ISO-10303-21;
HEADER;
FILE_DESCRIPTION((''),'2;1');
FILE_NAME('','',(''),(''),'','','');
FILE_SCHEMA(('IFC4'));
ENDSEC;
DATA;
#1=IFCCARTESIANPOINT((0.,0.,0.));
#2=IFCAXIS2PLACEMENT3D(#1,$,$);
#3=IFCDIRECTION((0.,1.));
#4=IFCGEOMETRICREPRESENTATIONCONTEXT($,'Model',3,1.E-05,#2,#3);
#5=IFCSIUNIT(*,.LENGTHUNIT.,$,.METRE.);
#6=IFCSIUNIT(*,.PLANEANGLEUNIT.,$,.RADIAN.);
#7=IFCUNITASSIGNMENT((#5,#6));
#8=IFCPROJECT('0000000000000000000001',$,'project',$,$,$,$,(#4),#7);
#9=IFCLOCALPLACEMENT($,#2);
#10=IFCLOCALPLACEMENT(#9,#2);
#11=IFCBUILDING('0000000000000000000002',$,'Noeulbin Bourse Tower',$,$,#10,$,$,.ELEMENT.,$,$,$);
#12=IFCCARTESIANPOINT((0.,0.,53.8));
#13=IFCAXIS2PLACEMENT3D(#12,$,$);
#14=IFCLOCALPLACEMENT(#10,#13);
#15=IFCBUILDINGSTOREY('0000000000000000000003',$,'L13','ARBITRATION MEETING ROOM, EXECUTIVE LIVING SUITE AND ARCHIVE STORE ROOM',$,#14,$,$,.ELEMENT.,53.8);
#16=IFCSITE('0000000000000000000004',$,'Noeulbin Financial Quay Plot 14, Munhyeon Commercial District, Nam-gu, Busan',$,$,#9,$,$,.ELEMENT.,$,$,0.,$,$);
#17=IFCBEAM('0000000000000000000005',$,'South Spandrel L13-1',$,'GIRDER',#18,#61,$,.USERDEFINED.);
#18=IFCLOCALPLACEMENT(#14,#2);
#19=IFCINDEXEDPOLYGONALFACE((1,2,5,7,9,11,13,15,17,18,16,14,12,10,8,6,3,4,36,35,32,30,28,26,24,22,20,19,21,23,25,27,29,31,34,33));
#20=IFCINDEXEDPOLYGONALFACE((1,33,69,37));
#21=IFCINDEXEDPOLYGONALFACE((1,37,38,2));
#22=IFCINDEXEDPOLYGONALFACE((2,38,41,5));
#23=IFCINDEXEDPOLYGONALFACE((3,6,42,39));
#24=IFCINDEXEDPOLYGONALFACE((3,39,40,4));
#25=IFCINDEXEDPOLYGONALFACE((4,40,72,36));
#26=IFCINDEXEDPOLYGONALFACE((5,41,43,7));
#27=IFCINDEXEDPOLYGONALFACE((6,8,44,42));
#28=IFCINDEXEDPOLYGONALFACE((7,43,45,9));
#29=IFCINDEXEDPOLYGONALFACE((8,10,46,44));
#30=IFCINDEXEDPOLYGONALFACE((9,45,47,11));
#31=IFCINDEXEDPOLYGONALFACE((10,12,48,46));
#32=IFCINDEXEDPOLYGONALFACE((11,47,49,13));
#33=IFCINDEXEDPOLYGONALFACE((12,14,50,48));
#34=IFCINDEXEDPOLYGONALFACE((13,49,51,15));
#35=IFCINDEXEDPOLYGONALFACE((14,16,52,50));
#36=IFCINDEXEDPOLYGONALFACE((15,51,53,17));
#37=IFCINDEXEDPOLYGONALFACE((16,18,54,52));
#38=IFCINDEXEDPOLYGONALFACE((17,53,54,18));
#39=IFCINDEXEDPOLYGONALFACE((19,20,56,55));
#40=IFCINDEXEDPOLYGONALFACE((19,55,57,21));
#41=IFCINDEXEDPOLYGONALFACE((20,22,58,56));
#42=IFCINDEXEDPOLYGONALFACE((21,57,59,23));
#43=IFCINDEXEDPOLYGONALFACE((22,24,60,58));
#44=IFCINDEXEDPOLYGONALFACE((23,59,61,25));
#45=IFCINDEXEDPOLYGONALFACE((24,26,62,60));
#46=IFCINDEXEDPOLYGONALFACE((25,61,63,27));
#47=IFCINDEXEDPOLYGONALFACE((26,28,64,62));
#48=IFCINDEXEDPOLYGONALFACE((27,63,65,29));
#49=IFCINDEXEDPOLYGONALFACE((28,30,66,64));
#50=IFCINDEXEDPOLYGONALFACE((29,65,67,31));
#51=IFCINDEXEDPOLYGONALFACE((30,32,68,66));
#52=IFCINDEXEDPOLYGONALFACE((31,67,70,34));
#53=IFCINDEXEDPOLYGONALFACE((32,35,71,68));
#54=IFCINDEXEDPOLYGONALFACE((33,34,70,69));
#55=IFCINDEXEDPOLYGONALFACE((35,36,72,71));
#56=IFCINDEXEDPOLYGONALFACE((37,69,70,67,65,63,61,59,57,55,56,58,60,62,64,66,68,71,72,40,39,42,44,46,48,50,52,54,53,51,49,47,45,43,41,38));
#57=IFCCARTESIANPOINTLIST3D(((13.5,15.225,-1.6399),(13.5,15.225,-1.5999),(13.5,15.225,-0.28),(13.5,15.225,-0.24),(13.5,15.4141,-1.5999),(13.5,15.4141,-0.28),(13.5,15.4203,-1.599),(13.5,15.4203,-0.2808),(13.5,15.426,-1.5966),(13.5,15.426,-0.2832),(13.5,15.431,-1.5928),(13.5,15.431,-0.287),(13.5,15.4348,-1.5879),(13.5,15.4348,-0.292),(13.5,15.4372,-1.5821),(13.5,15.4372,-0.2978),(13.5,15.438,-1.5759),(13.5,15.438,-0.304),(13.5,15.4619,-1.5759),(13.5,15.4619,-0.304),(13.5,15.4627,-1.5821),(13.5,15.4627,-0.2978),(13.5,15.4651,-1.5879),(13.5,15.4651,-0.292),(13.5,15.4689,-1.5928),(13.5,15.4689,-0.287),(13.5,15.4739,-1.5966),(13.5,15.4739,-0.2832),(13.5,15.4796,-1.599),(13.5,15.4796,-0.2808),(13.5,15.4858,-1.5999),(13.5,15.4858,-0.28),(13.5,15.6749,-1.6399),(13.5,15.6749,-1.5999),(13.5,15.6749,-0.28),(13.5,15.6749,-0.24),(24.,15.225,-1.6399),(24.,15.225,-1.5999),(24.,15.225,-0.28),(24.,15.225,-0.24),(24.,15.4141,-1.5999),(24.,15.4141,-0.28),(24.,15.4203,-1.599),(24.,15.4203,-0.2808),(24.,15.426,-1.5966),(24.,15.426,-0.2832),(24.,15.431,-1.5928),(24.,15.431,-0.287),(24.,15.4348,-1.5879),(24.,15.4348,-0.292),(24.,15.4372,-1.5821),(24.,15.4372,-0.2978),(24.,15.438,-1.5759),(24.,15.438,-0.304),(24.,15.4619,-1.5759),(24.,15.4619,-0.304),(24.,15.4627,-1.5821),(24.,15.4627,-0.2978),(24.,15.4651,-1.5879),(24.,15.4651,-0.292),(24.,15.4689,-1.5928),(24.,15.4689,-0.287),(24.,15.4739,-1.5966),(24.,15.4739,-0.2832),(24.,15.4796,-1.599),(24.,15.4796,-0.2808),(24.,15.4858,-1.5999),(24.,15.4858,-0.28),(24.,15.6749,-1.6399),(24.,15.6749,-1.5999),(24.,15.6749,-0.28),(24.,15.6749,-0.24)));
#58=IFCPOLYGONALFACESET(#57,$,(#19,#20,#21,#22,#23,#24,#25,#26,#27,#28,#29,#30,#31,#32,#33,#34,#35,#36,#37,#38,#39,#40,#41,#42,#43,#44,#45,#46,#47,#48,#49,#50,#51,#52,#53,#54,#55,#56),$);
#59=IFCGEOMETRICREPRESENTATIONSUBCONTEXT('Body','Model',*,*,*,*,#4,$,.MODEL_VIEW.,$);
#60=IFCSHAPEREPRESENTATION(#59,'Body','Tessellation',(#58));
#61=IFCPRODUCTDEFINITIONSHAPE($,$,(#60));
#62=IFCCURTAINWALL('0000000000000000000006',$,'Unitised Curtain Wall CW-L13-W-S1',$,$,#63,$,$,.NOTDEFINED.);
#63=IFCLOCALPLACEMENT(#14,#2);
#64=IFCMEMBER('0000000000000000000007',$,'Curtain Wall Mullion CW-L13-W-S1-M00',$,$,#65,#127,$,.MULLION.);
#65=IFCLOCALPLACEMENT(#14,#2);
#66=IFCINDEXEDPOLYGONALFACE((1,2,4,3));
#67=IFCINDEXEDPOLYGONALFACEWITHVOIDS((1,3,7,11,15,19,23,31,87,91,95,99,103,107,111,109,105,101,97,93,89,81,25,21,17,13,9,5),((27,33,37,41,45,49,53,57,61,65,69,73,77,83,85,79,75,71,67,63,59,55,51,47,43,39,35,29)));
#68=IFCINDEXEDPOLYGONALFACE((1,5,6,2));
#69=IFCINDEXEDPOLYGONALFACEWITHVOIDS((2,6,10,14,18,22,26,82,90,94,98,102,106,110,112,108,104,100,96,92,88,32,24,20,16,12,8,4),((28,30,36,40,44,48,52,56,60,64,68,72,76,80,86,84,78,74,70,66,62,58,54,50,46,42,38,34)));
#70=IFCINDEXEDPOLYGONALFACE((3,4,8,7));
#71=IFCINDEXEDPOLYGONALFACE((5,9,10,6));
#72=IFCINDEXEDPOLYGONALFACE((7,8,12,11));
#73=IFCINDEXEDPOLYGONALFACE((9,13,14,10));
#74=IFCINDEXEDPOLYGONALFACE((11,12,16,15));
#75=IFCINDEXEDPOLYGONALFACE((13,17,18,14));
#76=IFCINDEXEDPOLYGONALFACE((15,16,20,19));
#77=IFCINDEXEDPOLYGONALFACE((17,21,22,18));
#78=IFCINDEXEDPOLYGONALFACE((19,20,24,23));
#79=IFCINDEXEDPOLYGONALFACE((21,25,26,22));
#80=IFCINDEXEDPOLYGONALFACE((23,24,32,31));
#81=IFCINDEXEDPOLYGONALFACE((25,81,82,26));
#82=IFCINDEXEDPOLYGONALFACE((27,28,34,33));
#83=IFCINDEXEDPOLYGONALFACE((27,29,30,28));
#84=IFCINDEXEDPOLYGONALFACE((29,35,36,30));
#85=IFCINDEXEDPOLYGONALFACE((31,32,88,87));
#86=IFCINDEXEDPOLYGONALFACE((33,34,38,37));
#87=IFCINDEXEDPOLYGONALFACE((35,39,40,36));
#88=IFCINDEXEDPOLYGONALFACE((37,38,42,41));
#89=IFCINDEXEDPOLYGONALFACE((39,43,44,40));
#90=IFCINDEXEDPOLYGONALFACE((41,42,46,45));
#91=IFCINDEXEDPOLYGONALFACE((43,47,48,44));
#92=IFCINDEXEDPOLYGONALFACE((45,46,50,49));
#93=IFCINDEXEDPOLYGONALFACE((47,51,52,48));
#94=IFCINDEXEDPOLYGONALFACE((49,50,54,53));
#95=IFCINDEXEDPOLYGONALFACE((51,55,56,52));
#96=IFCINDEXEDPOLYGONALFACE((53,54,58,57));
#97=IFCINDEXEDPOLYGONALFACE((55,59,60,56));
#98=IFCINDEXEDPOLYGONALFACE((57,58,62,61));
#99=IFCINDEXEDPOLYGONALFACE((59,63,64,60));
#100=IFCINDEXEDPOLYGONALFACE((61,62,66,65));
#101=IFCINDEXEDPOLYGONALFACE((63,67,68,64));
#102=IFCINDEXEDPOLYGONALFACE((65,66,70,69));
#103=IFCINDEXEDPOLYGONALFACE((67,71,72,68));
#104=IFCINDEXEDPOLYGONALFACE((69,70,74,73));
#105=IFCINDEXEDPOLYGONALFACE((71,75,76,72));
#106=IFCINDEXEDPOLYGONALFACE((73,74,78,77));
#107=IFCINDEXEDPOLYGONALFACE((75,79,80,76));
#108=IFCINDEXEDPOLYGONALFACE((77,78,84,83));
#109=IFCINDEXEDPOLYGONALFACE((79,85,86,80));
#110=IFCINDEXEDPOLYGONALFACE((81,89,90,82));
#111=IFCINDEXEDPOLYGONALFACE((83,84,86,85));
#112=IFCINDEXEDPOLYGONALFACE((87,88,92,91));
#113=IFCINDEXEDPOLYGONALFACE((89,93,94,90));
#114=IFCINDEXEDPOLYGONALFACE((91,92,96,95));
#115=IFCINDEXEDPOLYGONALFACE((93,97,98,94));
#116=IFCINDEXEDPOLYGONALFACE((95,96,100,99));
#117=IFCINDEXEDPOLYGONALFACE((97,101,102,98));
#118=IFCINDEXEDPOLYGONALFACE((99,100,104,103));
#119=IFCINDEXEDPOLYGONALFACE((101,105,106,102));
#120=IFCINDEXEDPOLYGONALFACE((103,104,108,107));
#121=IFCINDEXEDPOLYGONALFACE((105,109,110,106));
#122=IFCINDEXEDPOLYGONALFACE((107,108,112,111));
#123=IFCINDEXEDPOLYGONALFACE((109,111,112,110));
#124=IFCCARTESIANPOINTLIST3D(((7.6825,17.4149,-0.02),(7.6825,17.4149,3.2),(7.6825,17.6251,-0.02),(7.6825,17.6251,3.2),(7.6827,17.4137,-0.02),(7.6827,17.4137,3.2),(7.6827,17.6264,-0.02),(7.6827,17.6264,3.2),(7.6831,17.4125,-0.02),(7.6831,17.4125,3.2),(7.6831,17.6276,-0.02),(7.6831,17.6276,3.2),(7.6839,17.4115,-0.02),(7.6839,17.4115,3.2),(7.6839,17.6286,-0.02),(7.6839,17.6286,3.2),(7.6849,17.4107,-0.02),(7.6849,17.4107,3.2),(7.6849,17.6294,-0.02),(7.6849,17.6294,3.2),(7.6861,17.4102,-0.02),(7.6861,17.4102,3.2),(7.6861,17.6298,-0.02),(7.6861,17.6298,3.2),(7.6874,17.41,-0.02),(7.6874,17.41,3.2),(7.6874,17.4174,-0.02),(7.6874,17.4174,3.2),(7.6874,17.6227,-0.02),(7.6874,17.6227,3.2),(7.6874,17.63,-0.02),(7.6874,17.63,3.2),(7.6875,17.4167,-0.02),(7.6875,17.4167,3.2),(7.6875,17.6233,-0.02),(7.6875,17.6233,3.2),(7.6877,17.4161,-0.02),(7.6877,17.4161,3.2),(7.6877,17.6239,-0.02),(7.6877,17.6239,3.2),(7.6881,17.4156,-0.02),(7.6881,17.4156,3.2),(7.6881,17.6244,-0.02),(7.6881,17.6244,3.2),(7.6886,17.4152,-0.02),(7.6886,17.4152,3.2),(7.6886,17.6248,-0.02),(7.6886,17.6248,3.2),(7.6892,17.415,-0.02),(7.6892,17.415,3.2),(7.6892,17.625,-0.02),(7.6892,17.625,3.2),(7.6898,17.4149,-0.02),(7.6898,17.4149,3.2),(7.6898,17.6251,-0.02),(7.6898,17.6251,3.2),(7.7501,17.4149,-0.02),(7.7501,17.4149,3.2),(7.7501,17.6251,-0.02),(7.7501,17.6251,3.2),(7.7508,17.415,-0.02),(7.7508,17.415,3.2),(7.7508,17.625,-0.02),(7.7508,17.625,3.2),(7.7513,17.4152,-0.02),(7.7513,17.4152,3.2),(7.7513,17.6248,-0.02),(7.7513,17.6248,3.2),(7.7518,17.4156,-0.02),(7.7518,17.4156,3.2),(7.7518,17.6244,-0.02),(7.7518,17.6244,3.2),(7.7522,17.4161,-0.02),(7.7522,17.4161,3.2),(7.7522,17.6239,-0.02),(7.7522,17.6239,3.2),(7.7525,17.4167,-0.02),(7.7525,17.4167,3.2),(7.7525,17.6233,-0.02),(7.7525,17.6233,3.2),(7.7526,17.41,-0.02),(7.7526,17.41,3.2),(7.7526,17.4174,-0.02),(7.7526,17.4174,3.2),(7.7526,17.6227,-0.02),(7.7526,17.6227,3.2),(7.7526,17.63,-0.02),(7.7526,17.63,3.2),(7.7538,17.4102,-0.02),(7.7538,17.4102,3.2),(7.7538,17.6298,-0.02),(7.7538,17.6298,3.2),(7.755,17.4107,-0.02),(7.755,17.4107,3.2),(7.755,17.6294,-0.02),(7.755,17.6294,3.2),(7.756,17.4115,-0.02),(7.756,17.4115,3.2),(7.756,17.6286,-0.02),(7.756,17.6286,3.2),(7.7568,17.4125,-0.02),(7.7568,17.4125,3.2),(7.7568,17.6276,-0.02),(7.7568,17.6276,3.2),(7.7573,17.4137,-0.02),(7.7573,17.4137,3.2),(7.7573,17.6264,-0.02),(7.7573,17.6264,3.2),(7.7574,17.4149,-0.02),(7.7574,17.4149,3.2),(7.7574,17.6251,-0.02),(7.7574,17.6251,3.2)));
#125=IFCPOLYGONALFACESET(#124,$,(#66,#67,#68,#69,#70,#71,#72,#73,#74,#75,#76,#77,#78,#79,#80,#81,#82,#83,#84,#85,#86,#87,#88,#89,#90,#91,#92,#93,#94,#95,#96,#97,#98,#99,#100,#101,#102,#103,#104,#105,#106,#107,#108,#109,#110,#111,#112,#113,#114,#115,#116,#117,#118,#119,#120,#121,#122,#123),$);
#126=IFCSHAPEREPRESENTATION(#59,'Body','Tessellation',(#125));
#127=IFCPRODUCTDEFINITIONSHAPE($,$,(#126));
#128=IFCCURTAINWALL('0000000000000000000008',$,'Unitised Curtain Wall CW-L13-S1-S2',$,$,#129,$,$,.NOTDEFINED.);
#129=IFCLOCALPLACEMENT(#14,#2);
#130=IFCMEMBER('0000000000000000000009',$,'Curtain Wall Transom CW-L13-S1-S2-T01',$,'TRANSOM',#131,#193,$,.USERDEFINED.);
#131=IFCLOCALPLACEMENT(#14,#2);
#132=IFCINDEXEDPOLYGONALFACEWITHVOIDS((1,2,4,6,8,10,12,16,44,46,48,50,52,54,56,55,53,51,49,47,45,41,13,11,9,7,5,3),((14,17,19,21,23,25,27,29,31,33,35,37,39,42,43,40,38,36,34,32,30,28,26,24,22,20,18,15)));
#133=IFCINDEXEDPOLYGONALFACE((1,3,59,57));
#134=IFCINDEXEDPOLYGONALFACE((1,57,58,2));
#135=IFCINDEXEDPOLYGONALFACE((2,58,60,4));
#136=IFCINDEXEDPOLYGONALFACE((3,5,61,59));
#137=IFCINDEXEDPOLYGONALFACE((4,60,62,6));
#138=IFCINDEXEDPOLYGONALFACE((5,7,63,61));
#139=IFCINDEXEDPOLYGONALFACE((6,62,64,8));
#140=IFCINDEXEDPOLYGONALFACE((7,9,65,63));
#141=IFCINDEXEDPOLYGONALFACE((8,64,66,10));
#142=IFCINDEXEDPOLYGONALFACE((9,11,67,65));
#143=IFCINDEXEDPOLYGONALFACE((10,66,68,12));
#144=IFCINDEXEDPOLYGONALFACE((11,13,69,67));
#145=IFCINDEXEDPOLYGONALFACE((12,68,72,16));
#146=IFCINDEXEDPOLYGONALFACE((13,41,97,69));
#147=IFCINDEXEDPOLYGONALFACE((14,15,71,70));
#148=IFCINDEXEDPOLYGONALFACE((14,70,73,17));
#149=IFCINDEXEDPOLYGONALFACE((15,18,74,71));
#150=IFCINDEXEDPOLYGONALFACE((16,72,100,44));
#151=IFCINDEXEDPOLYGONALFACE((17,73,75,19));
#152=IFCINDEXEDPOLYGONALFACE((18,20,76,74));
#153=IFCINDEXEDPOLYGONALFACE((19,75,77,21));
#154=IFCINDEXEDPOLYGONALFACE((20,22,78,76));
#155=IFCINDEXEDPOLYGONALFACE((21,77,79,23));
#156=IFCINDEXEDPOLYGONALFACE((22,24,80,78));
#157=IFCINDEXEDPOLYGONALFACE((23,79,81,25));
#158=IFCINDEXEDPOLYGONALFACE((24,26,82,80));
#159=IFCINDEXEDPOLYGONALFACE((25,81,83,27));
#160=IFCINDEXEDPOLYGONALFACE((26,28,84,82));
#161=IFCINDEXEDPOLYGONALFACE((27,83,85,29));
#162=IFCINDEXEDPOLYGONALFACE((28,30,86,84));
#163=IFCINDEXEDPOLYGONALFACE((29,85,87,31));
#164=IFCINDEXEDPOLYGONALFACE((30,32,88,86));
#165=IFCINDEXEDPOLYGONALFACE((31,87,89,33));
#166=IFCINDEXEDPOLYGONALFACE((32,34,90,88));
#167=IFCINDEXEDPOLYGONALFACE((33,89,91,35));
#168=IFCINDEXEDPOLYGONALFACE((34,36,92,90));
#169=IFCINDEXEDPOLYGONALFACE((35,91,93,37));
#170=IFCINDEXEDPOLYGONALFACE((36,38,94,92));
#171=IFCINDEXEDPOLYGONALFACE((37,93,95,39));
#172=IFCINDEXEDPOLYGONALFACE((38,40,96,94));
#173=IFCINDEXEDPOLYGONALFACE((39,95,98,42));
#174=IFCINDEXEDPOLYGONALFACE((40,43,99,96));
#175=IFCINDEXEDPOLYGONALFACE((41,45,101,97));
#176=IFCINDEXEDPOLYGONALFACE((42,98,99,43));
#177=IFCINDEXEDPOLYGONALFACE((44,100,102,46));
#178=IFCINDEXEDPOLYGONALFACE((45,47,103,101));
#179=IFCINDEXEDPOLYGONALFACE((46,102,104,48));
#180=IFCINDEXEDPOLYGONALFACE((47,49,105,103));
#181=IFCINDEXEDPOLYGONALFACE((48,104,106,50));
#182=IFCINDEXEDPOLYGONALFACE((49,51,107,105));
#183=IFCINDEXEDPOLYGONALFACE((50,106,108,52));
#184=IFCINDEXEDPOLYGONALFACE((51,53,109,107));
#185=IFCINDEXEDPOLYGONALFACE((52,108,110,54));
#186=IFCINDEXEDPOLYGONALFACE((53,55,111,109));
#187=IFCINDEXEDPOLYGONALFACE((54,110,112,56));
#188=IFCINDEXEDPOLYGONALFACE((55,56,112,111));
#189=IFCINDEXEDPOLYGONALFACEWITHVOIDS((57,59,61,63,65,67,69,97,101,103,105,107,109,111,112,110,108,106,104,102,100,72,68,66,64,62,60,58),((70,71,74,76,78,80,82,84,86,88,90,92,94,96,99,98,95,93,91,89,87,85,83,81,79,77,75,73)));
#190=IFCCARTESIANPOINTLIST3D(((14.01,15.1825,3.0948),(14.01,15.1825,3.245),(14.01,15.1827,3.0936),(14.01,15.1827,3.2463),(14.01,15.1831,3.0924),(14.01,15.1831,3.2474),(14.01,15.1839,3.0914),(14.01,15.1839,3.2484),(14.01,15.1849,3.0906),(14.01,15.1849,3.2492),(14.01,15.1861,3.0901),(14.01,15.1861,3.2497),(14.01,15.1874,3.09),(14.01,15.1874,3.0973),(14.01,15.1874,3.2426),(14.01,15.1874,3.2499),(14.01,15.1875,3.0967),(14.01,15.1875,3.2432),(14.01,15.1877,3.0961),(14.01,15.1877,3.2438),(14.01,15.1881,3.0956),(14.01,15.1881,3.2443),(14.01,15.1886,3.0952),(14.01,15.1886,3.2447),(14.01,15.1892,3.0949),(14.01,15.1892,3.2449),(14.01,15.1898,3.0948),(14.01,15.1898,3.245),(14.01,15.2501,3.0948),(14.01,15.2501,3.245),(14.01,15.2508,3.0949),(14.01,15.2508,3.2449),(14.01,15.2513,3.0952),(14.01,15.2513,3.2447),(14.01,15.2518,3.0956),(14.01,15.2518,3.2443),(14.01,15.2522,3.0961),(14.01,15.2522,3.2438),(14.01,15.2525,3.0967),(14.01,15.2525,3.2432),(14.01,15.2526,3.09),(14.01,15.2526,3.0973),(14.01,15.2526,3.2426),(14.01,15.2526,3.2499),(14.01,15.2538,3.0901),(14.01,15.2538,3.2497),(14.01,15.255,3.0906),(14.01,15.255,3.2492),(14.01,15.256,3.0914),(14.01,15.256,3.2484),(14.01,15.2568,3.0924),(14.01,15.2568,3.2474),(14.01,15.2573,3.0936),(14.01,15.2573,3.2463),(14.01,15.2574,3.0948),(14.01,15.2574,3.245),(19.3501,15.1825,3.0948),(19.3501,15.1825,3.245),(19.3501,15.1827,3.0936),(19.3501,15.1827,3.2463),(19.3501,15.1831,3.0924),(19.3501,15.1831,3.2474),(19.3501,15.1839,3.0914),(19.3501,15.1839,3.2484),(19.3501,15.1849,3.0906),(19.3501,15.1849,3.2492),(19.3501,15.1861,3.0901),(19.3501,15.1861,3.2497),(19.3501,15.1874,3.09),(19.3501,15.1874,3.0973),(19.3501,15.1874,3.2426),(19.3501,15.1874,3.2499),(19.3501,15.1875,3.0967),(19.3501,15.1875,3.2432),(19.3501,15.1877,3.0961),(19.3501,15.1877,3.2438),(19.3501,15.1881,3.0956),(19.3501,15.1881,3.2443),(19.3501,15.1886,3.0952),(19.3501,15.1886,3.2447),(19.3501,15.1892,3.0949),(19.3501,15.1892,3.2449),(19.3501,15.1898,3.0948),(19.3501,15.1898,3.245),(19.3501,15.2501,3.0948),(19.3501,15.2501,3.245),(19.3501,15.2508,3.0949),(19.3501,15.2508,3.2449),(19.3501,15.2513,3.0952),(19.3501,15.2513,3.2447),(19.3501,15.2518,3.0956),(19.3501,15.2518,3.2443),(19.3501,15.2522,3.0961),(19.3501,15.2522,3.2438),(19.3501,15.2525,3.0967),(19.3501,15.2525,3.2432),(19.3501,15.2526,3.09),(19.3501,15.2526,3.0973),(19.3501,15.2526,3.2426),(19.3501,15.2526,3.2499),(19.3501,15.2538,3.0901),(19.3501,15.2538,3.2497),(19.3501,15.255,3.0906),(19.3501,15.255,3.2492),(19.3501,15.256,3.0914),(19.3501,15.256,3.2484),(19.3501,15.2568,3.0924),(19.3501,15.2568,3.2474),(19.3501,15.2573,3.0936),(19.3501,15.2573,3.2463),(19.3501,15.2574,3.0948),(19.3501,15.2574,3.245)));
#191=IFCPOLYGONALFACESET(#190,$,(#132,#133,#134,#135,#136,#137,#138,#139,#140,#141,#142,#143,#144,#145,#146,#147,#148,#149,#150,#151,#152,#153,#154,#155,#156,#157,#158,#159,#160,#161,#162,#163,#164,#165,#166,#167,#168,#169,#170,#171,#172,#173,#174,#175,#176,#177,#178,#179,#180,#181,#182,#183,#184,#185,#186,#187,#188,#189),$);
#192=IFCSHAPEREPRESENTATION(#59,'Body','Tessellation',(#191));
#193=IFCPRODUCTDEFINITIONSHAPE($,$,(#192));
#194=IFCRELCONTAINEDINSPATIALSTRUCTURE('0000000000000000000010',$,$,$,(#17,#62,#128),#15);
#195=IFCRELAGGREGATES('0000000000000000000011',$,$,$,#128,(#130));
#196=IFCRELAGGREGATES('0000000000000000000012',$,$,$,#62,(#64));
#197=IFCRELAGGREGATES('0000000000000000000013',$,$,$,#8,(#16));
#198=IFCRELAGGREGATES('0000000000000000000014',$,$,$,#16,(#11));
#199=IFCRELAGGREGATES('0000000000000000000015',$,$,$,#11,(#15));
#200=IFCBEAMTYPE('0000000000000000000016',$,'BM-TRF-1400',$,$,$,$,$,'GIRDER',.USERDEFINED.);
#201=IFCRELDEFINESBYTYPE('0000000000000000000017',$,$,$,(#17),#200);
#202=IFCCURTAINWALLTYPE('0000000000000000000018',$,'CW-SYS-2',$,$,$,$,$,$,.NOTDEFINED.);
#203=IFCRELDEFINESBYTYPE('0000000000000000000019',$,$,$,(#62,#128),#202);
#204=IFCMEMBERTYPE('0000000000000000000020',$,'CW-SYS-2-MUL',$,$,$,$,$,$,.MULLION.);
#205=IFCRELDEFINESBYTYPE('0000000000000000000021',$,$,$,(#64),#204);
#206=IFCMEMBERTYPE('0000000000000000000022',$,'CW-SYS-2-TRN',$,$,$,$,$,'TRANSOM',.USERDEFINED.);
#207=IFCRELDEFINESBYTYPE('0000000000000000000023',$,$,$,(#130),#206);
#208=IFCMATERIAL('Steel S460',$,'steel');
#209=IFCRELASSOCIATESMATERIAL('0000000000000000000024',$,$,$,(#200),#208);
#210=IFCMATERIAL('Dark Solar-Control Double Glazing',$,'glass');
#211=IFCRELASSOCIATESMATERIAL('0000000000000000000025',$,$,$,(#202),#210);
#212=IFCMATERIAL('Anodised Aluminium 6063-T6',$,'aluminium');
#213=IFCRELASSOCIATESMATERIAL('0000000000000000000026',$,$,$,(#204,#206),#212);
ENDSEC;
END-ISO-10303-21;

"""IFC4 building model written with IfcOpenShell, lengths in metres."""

from ifc_helpers import new_model, si_unit, direction, frame, origin, origin_2d, place, context, subcontext, project, spatial, hollow_rectangle, i_section, extrude, material, material_profile, profile_set, type_object, element, aggregate, save


model = new_model("IFC4")

# Units and contexts
model_context = context("Model", 3, precision=1e-05, world=origin(), true_north=direction((0.0, 1.0)))
body_context = subcontext(model_context, "Body", "Model", "MODEL_VIEW")
ifc_project = project(units=[si_unit("LENGTHUNIT", "METRE"), si_unit("PLANEANGLEUNIT", "RADIAN")], contexts=[model_context])

# Site, building, storey
site_placement = place(None, origin())
site = spatial("IfcSite", under=ifc_project, at=site_placement, Name="Noeulbin Financial Quay Plot 14, Munhyeon Commercial District, Nam-gu, Busan", CompositionType="ELEMENT", RefElevation=0.0)
building_placement = place(site_placement, origin())
building = spatial("IfcBuilding", under=site, at=building_placement, Name="Noeulbin Bourse Tower", CompositionType="ELEMENT")
storey_placement = place(building_placement, frame((0.0, 0.0, 53.8)))
storey = spatial("IfcBuildingStorey", under=building, at=storey_placement, Name="L13", Description="ARBITRATION MEETING ROOM, EXECUTIVE LIVING SUITE AND ARCHIVE STORE ROOM", CompositionType="ELEMENT", Elevation=53.8)

# Shared definitions
ifc_material_1 = material(Name="Steel S460", Category="steel")

# Beam
ifc_material_profile_1 = material_profile(ifc_material_1, i_section(OverallWidth=0.45, OverallDepth=1.3999, WebThickness=0.0239, FlangeThickness=0.04, FilletRadius=0.0239, at=origin_2d()), Name="PG-1400x450x24x40", Category="LoadBearing")
ifc_profile_set_1 = profile_set([ifc_material_profile_1], Name="Steel S460")
beam_type_1 = type_object("IfcBeamType", Name="BM-TRF-1400", ElementType="GIRDER", PredefinedType="USERDEFINED", material=ifc_profile_set_1)
beam_1_placement = place(storey_placement, frame((13.5, 15.45, -0.9399), z_axis=(1.0, 0.0, 0.0), x_axis=(0.0, 1.0, 0.0)))
element("IfcBeam", 1, at=beam_1_placement, inside=storey, type_object=beam_type_1, Name="South Spandrel L13-1", ObjectType="GIRDER", PredefinedType="USERDEFINED", context=body_context, shape_type="SweptSolid", body=[
    extrude(i_section(OverallWidth=0.45, OverallDepth=1.3999, WebThickness=0.0239, FlangeThickness=0.04, FilletRadius=0.0239, at=origin_2d()), origin(), (0.0, 0.0, 1.0), 10.5),
])

# Curtain walls, members
ifc_material_2 = material(Name="Dark Solar-Control Double Glazing", Category="glass")
curtain_wall_type = type_object("IfcCurtainWallType", Name="CW-SYS-2", PredefinedType="NOTDEFINED", material=ifc_material_2)
curtain_wall_1_placement = place(storey_placement, origin())
curtain_wall_1 = element("IfcCurtainWall", 2, at=curtain_wall_1_placement, inside=storey, type_object=curtain_wall_type, Name="Unitised Curtain Wall CW-L13-W-S1", PredefinedType="NOTDEFINED")
ifc_material_3 = material(Name="Anodised Aluminium 6063-T6", Category="aluminium")
ifc_material_profile_2 = material_profile(ifc_material_3, hollow_rectangle(XDim=0.075, YDim=0.22, WallThickness=0.0049, InnerFilletRadius=0.0024, OuterFilletRadius=0.0049, at=origin_2d()), Name="ALU-MULL-75x220x5", Category="LoadBearing")
ifc_profile_set_2 = profile_set([ifc_material_profile_2], Name="Anodised Aluminium 6063-T6")
member_type_1 = type_object("IfcMemberType", Name="CW-SYS-2-MUL", PredefinedType="MULLION", material=ifc_profile_set_2)
member_1_placement = place(storey_placement, frame((7.72, 17.52, -0.02), z_axis=(0.0, 0.0, 1.0), x_axis=(1.0, 0.0, 0.0)))
member_1 = element("IfcMember", 3, at=member_1_placement, type_object=member_type_1, Name="Curtain Wall Mullion CW-L13-W-S1-M00", PredefinedType="MULLION", context=body_context, shape_type="SweptSolid", body=[
    extrude(hollow_rectangle(XDim=0.075, YDim=0.22, WallThickness=0.0049, InnerFilletRadius=0.0024, OuterFilletRadius=0.0049, at=origin_2d()), origin(), (0.0, 0.0, 1.0), 3.22),
])
curtain_wall_2_placement = place(storey_placement, origin())
curtain_wall_2 = element("IfcCurtainWall", 4, at=curtain_wall_2_placement, inside=storey, type_object=curtain_wall_type, Name="Unitised Curtain Wall CW-L13-S1-S2", PredefinedType="NOTDEFINED")
ifc_material_profile_3 = material_profile(ifc_material_3, hollow_rectangle(XDim=0.075, YDim=0.1599, WallThickness=0.0049, InnerFilletRadius=0.0024, OuterFilletRadius=0.0049, at=origin_2d()), Name="ALU-TRAN-75x160x5", Category="LoadBearing")
ifc_profile_set_3 = profile_set([ifc_material_profile_3], Name="Anodised Aluminium 6063-T6")
member_type_2 = type_object("IfcMemberType", Name="CW-SYS-2-TRN", ElementType="TRANSOM", PredefinedType="USERDEFINED", material=ifc_profile_set_3)
member_2_placement = place(storey_placement, frame((14.01, 15.22, 3.1699), z_axis=(1.0, 0.0, 0.0), x_axis=(0.0, 1.0, 0.0)))
member_2 = element("IfcMember", 5, at=member_2_placement, type_object=member_type_2, Name="Curtain Wall Transom CW-L13-S1-S2-T01", ObjectType="TRANSOM", PredefinedType="USERDEFINED", context=body_context, shape_type="SweptSolid", body=[
    extrude(hollow_rectangle(XDim=0.075, YDim=0.1599, WallThickness=0.0049, InnerFilletRadius=0.0024, OuterFilletRadius=0.0049, at=origin_2d()), origin(), (0.0, 0.0, 1.0), 5.3401),
])
aggregate(curtain_wall_2, [member_2])

aggregate(curtain_wall_1, [member_1])

save(model, "model.ifc")
